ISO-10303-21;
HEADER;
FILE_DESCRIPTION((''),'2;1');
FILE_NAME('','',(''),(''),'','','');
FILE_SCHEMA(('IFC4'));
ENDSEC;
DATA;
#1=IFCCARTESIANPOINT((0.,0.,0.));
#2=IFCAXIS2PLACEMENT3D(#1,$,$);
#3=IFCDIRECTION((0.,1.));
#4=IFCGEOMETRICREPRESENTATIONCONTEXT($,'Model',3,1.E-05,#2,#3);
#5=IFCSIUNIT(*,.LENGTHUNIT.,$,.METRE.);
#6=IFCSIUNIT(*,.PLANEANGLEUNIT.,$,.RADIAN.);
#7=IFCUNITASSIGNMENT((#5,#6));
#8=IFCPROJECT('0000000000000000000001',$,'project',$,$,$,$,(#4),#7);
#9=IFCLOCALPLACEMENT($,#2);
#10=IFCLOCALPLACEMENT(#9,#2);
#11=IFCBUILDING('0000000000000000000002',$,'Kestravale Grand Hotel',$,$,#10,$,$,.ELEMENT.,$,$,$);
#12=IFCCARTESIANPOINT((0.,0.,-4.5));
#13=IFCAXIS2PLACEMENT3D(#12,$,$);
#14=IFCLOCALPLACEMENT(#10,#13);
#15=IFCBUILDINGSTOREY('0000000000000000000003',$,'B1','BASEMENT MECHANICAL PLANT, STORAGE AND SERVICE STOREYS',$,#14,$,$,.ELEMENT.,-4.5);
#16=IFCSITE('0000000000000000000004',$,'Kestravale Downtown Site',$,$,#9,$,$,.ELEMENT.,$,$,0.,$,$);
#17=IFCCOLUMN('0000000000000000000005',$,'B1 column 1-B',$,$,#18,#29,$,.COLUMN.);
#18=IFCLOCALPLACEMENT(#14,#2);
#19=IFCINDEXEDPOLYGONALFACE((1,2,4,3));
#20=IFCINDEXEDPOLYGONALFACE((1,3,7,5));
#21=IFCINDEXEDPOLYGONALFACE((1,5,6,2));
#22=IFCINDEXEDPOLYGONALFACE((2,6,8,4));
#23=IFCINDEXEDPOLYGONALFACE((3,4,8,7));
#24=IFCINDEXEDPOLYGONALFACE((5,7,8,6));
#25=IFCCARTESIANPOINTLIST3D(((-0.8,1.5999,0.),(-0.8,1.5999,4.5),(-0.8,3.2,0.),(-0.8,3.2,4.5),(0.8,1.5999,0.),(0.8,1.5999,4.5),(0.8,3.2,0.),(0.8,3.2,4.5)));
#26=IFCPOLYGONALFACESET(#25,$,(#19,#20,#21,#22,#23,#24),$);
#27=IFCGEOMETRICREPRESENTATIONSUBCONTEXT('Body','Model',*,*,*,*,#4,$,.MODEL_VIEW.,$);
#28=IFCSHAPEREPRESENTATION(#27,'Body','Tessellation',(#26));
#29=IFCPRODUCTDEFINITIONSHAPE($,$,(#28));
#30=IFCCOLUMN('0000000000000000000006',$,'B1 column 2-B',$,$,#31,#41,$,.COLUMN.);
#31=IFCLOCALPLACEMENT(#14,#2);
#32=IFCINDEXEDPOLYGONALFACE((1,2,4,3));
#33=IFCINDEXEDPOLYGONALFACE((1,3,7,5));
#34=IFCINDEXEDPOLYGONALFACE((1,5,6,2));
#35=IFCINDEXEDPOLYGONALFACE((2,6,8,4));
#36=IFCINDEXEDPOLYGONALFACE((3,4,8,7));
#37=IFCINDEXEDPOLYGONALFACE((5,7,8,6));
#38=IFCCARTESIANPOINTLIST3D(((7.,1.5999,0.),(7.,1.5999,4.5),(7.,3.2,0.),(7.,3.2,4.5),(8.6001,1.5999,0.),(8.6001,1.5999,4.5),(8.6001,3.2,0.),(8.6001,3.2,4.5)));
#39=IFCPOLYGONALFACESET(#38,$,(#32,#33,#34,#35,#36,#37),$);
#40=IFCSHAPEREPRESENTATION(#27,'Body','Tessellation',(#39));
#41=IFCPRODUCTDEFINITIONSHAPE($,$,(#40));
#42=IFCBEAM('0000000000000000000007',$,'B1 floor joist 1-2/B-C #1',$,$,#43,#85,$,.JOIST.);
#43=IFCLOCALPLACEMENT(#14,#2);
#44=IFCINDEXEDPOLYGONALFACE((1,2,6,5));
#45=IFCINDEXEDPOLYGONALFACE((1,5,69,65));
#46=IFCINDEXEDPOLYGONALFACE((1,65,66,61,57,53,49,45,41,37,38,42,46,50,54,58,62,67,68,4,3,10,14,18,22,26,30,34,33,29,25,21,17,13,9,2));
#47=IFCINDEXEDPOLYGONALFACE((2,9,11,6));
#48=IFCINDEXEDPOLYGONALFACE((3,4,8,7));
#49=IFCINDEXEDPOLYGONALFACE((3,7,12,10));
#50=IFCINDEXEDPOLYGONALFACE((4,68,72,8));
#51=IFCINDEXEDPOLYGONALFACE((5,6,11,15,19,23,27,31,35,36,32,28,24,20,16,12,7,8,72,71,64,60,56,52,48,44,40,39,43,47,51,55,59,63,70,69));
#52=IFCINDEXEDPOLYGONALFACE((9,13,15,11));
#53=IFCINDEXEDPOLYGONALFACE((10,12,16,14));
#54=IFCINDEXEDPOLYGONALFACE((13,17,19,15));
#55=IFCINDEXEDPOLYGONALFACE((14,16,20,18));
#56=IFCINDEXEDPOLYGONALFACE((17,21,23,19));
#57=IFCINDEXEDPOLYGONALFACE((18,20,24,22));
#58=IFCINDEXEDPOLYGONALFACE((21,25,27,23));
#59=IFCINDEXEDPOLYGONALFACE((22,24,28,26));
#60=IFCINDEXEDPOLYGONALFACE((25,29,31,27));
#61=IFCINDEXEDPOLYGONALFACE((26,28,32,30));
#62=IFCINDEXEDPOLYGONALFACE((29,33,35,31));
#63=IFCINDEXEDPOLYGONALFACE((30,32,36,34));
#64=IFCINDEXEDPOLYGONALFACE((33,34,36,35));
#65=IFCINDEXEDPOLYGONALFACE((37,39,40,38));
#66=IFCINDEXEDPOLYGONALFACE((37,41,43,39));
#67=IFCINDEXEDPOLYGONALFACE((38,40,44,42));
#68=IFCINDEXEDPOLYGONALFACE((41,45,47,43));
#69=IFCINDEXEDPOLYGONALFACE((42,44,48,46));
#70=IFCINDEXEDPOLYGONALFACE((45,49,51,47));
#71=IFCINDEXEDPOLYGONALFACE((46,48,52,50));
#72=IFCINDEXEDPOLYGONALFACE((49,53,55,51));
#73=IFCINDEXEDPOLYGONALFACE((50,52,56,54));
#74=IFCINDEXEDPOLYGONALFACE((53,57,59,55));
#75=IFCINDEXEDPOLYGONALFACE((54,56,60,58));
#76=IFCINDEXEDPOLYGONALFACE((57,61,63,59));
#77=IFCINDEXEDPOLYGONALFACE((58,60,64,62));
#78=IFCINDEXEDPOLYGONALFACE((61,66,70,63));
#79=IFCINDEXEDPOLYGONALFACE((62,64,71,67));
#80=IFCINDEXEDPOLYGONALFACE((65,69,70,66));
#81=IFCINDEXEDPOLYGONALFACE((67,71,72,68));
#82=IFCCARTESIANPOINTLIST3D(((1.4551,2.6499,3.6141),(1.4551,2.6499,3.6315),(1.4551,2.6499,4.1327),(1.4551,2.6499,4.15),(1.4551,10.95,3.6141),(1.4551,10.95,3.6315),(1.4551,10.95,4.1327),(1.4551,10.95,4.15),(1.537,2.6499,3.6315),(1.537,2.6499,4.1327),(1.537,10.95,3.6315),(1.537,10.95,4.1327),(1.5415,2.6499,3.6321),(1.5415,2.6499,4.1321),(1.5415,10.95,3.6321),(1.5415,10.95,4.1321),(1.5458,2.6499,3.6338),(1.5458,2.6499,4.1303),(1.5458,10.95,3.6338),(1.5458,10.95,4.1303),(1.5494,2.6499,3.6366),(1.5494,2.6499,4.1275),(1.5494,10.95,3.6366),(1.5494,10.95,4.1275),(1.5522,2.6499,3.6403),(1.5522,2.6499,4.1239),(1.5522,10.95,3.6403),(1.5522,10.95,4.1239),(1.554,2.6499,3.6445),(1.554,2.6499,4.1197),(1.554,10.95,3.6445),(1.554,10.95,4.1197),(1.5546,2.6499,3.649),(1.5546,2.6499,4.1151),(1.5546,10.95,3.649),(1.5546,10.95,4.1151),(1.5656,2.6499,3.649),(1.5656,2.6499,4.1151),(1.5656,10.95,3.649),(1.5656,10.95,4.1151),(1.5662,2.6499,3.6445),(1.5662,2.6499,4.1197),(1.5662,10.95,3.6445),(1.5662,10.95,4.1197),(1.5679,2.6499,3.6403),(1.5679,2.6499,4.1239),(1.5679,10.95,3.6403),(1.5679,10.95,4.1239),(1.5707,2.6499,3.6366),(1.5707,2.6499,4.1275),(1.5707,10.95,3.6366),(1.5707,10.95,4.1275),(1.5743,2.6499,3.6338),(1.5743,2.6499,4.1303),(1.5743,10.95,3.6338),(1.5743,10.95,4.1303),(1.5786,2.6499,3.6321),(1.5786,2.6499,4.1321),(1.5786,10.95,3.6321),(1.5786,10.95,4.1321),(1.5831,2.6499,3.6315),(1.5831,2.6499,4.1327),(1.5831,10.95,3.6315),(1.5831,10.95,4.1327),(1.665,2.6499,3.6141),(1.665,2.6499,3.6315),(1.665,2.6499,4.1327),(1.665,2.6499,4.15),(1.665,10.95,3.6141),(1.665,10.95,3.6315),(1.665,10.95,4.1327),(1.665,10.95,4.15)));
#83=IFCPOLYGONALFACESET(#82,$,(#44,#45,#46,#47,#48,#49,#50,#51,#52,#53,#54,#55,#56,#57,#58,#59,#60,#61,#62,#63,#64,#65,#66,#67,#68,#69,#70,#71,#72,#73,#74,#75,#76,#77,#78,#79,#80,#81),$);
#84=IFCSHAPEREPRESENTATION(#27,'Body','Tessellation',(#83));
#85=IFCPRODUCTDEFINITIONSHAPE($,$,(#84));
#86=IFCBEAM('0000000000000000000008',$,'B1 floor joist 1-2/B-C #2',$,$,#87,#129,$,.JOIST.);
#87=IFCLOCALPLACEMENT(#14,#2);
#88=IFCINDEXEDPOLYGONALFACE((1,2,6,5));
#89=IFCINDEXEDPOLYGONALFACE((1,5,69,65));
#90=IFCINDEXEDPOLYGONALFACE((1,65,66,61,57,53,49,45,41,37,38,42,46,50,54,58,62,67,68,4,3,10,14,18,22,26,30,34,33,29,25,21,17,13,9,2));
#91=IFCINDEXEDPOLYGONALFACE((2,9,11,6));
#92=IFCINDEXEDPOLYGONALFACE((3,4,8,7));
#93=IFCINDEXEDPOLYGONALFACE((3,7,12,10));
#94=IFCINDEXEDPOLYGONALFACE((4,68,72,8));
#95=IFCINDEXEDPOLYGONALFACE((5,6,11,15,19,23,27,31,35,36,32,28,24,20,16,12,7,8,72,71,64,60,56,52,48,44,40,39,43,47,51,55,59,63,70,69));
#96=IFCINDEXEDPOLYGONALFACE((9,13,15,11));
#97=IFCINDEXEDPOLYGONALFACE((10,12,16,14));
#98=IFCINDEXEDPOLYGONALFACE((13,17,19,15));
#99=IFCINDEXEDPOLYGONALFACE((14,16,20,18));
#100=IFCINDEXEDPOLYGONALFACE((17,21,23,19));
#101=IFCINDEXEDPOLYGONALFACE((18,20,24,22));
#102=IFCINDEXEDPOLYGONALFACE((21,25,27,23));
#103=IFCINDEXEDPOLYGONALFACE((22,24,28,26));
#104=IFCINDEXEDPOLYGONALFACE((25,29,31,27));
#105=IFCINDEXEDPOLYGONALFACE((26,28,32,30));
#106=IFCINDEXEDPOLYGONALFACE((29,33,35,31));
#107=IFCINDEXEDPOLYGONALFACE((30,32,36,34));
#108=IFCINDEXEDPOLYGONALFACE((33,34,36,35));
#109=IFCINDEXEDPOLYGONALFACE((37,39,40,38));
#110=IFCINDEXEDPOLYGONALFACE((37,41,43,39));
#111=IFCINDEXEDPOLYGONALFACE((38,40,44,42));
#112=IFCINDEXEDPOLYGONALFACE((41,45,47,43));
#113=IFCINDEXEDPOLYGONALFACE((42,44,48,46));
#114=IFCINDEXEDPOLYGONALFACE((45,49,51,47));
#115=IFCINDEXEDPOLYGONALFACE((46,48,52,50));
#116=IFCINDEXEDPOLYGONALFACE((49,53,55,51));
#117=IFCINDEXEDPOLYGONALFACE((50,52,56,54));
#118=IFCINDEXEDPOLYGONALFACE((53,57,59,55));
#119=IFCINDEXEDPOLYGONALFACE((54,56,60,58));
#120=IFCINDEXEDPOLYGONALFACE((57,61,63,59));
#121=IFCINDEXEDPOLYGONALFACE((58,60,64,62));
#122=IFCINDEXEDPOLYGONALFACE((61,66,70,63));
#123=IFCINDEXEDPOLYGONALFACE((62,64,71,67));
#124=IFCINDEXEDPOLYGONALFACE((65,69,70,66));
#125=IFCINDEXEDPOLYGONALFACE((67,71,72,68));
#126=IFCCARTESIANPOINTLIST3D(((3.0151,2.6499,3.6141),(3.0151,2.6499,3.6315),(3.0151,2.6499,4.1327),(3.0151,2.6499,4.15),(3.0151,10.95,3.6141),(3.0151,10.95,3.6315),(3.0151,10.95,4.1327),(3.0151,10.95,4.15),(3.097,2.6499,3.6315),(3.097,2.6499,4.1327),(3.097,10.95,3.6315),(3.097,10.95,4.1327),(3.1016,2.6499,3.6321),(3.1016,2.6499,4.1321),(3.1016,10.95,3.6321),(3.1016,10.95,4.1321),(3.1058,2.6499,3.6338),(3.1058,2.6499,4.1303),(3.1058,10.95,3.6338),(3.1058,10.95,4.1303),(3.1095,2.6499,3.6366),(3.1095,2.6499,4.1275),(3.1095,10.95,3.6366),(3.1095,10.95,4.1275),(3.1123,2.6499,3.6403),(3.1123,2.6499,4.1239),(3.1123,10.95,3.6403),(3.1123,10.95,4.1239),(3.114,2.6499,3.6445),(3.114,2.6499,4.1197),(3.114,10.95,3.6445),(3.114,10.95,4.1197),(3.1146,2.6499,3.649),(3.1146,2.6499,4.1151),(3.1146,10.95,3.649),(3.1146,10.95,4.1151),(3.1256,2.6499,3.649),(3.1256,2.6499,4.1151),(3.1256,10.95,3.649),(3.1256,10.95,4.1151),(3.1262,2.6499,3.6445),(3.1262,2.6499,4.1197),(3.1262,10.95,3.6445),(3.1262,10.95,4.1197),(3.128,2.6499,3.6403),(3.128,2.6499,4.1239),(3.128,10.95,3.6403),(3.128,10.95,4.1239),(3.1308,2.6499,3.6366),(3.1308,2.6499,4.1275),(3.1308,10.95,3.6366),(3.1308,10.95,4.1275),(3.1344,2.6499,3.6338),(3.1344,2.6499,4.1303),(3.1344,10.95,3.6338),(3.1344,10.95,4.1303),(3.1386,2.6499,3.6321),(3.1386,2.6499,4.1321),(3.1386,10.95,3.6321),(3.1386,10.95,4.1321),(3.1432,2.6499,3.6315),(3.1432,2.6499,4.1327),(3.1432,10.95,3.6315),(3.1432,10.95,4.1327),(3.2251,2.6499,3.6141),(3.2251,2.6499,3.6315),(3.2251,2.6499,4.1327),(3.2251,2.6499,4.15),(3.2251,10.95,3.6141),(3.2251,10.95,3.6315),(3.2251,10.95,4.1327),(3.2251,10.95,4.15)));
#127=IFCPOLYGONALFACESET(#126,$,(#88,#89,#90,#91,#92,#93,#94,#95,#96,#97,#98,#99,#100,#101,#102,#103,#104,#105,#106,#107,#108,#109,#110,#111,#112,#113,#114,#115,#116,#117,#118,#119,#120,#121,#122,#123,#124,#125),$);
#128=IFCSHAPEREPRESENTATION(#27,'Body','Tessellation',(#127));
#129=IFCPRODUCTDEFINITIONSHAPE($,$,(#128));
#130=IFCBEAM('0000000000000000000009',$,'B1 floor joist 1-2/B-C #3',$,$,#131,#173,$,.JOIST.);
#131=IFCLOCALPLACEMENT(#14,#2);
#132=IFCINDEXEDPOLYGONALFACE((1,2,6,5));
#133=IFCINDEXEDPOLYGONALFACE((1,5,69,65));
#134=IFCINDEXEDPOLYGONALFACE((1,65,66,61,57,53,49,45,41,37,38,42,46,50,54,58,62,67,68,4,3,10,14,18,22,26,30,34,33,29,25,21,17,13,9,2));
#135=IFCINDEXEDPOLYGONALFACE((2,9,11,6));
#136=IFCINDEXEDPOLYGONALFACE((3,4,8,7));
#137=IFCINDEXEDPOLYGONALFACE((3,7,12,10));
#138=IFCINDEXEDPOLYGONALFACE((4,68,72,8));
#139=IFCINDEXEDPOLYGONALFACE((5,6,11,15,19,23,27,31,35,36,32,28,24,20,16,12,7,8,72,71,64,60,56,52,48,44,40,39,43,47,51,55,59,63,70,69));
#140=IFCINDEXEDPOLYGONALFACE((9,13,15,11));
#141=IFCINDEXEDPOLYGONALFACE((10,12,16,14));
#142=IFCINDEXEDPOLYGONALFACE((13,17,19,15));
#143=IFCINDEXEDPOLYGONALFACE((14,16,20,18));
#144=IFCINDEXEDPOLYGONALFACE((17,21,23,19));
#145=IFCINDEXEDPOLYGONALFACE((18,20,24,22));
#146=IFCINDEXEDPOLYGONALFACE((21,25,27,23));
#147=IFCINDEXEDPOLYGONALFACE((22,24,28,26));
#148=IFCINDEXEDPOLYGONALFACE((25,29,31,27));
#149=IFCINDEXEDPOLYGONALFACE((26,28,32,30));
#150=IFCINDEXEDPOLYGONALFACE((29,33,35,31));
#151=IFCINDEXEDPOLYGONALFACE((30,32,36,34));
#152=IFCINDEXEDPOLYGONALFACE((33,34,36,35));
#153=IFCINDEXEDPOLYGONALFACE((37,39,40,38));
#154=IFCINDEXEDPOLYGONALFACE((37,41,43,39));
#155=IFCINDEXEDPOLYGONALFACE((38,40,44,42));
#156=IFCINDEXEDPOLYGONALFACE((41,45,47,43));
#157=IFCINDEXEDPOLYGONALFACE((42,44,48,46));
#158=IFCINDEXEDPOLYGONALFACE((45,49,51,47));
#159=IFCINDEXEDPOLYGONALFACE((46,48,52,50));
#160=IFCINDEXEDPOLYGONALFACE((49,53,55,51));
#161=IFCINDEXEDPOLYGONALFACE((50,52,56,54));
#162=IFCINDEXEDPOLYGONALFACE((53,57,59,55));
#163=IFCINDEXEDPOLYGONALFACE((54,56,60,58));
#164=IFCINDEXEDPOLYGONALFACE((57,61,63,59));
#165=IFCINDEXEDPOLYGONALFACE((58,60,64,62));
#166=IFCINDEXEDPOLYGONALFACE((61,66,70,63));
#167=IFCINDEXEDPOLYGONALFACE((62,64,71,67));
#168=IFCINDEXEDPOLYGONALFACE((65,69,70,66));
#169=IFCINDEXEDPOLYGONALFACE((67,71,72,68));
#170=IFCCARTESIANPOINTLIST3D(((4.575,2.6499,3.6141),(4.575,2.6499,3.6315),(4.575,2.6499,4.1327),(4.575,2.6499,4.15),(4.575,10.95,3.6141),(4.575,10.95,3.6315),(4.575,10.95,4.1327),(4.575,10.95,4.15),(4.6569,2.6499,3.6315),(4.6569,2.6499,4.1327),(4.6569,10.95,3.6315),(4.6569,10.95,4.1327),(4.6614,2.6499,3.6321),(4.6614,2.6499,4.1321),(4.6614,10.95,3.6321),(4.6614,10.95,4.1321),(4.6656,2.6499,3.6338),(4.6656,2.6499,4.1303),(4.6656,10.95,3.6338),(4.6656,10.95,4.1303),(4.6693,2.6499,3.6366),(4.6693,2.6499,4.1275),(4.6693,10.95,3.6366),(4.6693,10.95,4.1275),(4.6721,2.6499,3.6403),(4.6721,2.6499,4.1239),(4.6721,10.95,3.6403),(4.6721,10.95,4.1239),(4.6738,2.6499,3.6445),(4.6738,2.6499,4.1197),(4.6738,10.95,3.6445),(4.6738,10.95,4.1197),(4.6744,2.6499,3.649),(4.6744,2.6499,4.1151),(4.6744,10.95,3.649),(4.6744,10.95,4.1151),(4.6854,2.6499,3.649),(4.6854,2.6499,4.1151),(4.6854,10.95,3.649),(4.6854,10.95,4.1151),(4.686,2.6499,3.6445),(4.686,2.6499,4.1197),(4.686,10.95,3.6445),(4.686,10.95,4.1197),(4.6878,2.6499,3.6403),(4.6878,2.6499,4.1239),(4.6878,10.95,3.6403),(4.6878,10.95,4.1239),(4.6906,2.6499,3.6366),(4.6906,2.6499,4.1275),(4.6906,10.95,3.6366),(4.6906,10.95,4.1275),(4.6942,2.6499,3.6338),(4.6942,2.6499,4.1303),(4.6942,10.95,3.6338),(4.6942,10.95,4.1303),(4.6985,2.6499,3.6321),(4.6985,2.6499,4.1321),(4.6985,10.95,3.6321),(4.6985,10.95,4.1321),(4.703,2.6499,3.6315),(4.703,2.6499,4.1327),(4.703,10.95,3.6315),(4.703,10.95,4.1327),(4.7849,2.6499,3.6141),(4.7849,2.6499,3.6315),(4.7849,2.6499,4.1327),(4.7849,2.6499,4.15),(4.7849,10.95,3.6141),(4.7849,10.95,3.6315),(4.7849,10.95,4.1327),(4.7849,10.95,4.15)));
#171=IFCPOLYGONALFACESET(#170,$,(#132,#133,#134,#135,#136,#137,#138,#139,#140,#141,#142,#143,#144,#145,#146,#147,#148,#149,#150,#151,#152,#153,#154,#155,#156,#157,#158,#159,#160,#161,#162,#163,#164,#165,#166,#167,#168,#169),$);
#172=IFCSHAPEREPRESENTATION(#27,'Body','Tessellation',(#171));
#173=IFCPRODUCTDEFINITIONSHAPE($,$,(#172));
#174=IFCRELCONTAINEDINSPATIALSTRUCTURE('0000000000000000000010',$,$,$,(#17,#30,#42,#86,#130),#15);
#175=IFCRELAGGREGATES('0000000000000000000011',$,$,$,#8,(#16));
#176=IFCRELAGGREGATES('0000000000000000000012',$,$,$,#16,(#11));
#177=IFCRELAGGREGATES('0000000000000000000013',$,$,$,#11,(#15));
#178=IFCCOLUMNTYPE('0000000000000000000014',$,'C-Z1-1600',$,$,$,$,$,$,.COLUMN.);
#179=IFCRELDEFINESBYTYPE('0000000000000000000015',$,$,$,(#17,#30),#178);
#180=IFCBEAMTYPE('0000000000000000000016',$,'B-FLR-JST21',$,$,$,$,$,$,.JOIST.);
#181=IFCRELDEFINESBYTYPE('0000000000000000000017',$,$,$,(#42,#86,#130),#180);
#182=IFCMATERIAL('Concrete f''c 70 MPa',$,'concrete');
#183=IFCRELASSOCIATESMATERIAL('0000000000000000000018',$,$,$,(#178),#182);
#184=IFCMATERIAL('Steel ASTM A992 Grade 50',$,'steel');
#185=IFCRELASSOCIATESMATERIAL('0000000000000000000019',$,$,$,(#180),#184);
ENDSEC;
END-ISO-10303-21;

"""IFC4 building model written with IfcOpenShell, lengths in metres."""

from ifc_helpers import new_model, si_unit, direction, frame, origin, origin_2d, place, context, subcontext, project, spatial, rectangle, i_section, extrude, material, material_profile, profile_set, type_object, element, save


model = new_model("IFC4")

# Units and contexts
model_context = context("Model", 3, precision=1e-05, world=origin(), true_north=direction((0.0, 1.0)))
body_context = subcontext(model_context, "Body", "Model", "MODEL_VIEW")
ifc_project = project(units=[si_unit("LENGTHUNIT", "METRE"), si_unit("PLANEANGLEUNIT", "RADIAN")], contexts=[model_context])

# Site, building, storey
site_placement = place(None, origin())
site = spatial("IfcSite", under=ifc_project, at=site_placement, Name="Kestravale Downtown Site", CompositionType="ELEMENT", RefElevation=0.0)
building_placement = place(site_placement, origin())
building = spatial("IfcBuilding", under=site, at=building_placement, Name="Kestravale Grand Hotel", CompositionType="ELEMENT")
storey_placement = place(building_placement, frame((0.0, 0.0, -4.5)))
storey = spatial("IfcBuildingStorey", under=building, at=storey_placement, Name="B1", Description="BASEMENT MECHANICAL PLANT, STORAGE AND SERVICE STOREYS", CompositionType="ELEMENT", Elevation=-4.5)

# Columns
ifc_material_1 = material(Name="Concrete f'c 70 MPa", Category="concrete")
ifc_material_profile_1 = material_profile(ifc_material_1, rectangle(XDim=1.6001, YDim=1.6001, at=origin_2d()))
ifc_profile_set_1 = profile_set([ifc_material_profile_1], Name="Concrete f'c 70 MPa")
column_type = type_object("IfcColumnType", Name="C-Z1-1600", PredefinedType="COLUMN", material=ifc_profile_set_1)
for number, where, z_axis, x_axis, name in (
    (1, (0.0, 2.3999, 0.0), (0.0, 0.0, 1.0), (1.0, 0.0, 0.0), "B1 column 1-B"),
    (2, (7.8, 2.3999, 0.0), (0.0, 0.0, 1.0), (1.0, 0.0, 0.0), "B1 column 2-B"),
):
    element("IfcColumn", number, at=place(storey_placement, frame(where, z_axis=z_axis, x_axis=x_axis)), inside=storey, type_object=column_type, Name=name, PredefinedType="COLUMN", context=body_context, shape_type="SweptSolid", body=[
        extrude(rectangle(XDim=1.6001, YDim=1.6001, at=origin_2d()), origin(), (0.0, 0.0, 1.0), 4.5),
    ])

# Beams
ifc_material_2 = material(Name="Steel ASTM A992 Grade 50", Category="steel")
ifc_material_profile_2 = material_profile(ifc_material_2, i_section(OverallWidth=0.21, OverallDepth=0.5359, WebThickness=0.011, FlangeThickness=0.0173, FilletRadius=0.0176, at=origin_2d()))
ifc_profile_set_2 = profile_set([ifc_material_profile_2], Name="Steel ASTM A992 Grade 50")
beam_type_1 = type_object("IfcBeamType", Name="B-FLR-JST21", PredefinedType="JOIST", material=ifc_profile_set_2)
for number, where, z_axis, x_axis, name in (
    (3, (1.5601, 2.6499, 3.8821), (0.0, 1.0, 0.0), (-1.0, 0.0, 0.0), "B1 floor joist 1-2/B-C #1"),
    (4, (3.1201, 2.6499, 3.8821), (0.0, 1.0, 0.0), (-1.0, 0.0, 0.0), "B1 floor joist 1-2/B-C #2"),
    (5, (4.6799, 2.6499, 3.8821), (0.0, 1.0, 0.0), (-1.0, 0.0, 0.0), "B1 floor joist 1-2/B-C #3"),
):
    element("IfcBeam", number, at=place(storey_placement, frame(where, z_axis=z_axis, x_axis=x_axis)), inside=storey, type_object=beam_type_1, Name=name, PredefinedType="JOIST", context=body_context, shape_type="SweptSolid", body=[
        extrude(i_section(OverallWidth=0.21, OverallDepth=0.5359, WebThickness=0.011, FlangeThickness=0.0173, FilletRadius=0.0176, at=origin_2d()), origin(), (0.0, 0.0, 1.0), 8.3),
    ])

save(model, "model.ifc")
